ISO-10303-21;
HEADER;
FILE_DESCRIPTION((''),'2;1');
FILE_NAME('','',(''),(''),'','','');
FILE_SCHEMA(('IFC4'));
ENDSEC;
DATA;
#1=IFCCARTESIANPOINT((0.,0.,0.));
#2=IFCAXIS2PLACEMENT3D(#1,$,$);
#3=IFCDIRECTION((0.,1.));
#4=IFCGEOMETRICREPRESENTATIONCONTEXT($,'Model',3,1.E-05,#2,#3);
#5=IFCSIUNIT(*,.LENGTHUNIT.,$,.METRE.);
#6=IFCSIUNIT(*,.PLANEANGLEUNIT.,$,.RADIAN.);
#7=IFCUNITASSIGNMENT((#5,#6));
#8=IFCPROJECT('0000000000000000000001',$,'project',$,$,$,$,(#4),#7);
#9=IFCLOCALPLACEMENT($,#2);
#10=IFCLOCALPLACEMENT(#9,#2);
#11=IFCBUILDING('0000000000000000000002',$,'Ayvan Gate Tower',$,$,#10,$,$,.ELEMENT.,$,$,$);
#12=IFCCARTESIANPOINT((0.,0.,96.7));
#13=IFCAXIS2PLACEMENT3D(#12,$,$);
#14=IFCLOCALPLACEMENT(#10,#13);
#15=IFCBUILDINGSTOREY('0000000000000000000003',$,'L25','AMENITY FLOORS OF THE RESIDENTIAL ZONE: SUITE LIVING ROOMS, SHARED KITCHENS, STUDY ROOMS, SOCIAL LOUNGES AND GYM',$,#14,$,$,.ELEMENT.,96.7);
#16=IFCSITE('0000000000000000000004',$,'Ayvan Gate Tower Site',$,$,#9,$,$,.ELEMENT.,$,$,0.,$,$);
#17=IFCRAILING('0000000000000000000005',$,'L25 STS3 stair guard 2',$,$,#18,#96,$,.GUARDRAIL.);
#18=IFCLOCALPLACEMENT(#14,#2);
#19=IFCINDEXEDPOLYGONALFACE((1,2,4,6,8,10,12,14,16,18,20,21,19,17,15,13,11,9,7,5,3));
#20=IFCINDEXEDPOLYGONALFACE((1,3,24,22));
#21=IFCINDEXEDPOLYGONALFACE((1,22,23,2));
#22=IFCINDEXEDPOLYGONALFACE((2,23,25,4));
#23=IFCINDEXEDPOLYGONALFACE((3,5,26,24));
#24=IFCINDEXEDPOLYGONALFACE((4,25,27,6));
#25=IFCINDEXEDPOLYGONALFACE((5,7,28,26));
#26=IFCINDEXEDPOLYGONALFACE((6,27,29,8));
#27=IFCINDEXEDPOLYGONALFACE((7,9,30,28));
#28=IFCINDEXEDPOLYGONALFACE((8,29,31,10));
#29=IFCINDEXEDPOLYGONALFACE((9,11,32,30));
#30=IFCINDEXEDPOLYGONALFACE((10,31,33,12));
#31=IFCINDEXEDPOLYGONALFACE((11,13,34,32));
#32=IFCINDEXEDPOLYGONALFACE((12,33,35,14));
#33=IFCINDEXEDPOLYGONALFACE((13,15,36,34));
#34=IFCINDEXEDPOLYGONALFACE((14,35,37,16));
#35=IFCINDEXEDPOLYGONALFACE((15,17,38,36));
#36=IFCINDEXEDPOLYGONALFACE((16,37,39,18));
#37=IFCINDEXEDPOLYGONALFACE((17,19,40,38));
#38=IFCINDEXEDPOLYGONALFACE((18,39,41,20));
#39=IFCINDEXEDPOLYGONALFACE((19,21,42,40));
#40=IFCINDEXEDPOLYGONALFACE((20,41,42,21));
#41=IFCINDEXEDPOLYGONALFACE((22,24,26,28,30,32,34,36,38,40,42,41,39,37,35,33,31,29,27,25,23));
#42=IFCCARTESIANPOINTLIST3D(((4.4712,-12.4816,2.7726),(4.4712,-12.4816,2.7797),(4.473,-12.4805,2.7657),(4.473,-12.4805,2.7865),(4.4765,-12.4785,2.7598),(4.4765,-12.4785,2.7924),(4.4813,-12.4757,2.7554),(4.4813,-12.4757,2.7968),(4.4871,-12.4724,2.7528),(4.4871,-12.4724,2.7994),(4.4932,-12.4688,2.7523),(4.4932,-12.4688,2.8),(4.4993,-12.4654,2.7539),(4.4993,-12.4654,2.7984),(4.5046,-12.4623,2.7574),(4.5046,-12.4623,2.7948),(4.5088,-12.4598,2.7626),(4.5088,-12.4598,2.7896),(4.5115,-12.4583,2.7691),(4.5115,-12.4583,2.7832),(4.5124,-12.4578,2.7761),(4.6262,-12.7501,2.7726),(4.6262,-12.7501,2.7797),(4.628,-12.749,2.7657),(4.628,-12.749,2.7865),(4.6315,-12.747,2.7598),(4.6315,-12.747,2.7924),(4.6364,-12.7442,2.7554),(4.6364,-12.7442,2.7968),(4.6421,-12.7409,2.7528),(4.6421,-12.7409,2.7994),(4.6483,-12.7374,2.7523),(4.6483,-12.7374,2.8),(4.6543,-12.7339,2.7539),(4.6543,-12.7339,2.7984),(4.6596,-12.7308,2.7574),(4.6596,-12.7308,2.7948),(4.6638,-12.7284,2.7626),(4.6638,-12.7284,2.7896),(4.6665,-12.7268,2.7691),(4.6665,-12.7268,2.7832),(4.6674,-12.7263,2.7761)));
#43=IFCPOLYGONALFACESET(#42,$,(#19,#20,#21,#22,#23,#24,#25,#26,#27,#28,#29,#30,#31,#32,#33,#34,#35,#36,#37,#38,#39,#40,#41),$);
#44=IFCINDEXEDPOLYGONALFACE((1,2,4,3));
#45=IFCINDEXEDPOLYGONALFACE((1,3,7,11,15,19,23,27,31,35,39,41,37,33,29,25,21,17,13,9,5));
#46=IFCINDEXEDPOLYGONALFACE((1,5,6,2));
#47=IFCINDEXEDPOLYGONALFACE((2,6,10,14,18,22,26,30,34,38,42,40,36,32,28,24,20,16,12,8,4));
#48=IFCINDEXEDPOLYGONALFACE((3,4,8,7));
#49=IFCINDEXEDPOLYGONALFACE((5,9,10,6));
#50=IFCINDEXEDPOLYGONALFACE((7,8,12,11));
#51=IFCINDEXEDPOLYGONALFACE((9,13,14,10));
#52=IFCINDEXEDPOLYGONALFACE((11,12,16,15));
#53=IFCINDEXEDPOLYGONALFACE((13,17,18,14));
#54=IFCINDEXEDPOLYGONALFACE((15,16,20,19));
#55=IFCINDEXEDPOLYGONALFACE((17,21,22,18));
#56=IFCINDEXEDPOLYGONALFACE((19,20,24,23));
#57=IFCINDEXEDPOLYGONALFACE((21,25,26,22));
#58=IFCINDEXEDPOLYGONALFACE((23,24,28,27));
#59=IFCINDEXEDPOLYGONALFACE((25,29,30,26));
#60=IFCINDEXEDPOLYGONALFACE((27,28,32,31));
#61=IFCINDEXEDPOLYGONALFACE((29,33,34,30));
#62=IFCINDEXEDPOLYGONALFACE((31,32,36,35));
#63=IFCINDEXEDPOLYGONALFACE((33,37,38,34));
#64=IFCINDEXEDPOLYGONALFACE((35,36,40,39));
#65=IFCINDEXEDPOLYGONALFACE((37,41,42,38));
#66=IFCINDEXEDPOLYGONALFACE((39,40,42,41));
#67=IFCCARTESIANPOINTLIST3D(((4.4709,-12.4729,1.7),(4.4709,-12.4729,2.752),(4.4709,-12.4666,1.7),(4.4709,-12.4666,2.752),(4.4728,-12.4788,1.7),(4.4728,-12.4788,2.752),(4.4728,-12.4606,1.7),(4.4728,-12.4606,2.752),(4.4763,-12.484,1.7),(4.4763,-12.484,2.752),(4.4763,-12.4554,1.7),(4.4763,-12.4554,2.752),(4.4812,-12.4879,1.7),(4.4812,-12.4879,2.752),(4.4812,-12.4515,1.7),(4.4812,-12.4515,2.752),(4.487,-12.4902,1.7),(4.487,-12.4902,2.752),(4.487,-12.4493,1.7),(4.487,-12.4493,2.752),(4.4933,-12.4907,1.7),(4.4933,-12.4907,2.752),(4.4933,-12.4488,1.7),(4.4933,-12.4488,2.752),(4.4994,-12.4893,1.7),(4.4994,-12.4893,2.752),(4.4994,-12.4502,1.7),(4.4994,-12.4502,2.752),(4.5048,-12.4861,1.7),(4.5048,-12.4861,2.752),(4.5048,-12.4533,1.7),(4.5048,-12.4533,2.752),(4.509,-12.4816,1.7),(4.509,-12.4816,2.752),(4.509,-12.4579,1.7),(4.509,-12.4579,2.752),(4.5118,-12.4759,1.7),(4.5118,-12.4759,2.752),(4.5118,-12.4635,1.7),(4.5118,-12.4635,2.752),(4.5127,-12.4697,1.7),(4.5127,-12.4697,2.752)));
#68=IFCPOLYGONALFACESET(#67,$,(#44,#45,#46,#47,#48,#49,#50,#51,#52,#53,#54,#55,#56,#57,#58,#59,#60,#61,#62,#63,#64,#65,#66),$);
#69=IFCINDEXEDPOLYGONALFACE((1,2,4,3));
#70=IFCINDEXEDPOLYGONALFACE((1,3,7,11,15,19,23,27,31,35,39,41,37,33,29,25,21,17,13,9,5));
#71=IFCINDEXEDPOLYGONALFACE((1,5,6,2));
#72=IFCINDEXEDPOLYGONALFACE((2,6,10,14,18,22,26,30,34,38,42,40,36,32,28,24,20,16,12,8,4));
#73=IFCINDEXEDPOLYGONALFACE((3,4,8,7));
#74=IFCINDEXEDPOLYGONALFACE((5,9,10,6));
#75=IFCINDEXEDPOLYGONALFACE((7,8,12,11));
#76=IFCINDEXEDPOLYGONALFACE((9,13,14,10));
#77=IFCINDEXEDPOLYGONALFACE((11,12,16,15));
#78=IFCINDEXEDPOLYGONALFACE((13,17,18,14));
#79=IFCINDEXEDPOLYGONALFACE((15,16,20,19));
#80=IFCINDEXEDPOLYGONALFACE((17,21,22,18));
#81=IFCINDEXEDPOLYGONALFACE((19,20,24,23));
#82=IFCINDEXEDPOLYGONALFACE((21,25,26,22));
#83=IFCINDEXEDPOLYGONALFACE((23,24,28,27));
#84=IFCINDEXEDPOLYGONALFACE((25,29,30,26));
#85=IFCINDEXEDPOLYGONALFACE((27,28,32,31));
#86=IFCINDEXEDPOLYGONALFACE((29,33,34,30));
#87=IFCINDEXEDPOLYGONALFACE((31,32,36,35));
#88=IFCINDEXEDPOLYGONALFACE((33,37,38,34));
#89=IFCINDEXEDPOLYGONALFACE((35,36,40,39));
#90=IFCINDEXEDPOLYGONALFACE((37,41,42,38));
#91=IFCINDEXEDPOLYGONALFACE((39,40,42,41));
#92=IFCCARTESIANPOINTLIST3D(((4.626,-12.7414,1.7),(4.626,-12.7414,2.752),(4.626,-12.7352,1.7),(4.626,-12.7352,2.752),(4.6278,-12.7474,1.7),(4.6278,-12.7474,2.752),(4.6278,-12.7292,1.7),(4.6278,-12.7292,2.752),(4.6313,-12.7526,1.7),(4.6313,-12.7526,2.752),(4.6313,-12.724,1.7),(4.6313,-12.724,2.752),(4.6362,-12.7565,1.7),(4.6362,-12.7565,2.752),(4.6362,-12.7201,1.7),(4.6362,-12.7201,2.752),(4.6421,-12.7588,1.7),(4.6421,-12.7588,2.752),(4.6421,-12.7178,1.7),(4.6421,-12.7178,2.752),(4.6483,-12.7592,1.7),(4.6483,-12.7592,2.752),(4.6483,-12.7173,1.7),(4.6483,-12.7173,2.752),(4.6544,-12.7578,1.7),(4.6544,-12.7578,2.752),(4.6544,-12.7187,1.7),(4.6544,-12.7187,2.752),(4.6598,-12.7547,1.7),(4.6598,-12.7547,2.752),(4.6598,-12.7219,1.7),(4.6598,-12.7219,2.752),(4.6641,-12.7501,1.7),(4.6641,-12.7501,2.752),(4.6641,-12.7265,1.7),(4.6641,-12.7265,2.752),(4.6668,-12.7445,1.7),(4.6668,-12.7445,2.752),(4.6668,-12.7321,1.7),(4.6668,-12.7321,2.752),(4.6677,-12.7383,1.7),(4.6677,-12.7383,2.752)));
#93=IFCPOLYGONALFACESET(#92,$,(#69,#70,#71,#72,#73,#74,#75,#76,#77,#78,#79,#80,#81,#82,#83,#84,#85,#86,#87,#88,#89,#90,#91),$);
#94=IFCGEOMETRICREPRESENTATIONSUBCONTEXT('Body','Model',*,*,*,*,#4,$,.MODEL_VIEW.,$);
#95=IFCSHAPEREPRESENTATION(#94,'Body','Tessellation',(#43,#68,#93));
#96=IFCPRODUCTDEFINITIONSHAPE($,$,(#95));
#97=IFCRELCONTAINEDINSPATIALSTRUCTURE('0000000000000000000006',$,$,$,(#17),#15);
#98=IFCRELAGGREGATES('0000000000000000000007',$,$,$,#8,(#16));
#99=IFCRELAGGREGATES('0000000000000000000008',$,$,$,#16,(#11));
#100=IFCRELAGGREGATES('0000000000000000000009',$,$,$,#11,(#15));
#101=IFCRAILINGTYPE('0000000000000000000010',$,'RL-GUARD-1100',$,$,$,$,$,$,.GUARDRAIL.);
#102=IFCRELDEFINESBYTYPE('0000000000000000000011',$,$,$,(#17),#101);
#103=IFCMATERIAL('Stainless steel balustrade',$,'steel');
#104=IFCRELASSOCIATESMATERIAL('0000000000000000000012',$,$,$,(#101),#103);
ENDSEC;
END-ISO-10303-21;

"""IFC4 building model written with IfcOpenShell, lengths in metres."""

from ifc_helpers import new_model, si_unit, direction, frame, origin, origin_2d, place, context, subcontext, project, spatial, circle, extrude, material, type_object, element, save


model = new_model("IFC4")

# Units and contexts
model_context = context("Model", 3, precision=1e-05, world=origin(), true_north=direction((0.0, 1.0)))
body_context = subcontext(model_context, "Body", "Model", "MODEL_VIEW")
ifc_project = project(units=[si_unit("LENGTHUNIT", "METRE"), si_unit("PLANEANGLEUNIT", "RADIAN")], contexts=[model_context])

# Site, building, storey
site_placement = place(None, origin())
site = spatial("IfcSite", under=ifc_project, at=site_placement, Name="Ayvan Gate Tower Site", CompositionType="ELEMENT", RefElevation=0.0)
building_placement = place(site_placement, origin())
building = spatial("IfcBuilding", under=site, at=building_placement, Name="Ayvan Gate Tower", CompositionType="ELEMENT")
storey_placement = place(building_placement, frame((0.0, 0.0, 96.7)))
storey = spatial("IfcBuildingStorey", under=building, at=storey_placement, Name="L25", Description="AMENITY FLOORS OF THE RESIDENTIAL ZONE: SUITE LIVING ROOMS, SHARED KITCHENS, STUDY ROOMS, SOCIAL LOUNGES AND GYM", CompositionType="ELEMENT", Elevation=96.7)

# Railing
ifc_material_1 = material(Name="Stainless steel balustrade", Category="steel")
railing_type = type_object("IfcRailingType", Name="RL-GUARD-1100", PredefinedType="GUARDRAIL", material=ifc_material_1)
railing_1_placement = place(storey_placement, frame((4.4917, -12.4697, 1.7)))
element("IfcRailing", 1, at=railing_1_placement, inside=storey, type_object=railing_type, Name="L25 STS3 stair guard 2", PredefinedType="GUARDRAIL", context=body_context, shape_type="SweptSolid", body=[
    extrude(circle(Radius=0.0239, at=origin_2d()), frame((0.0, 0.0, 1.0762), z_axis=(0.49995, -0.866054, 0.0), x_axis=(0.866054, 0.49995, 0.0)), (0.0, 0.0, 1.0), 0.3101),
    extrude(circle(Radius=0.021, at=origin_2d()), origin(), (0.0, 0.0, 1.0), 1.052),
    extrude(circle(Radius=0.021, at=origin_2d()), frame((0.155, -0.2686, 0.0)), (0.0, 0.0, 1.0), 1.052),
])

save(model, "model.ifc")
